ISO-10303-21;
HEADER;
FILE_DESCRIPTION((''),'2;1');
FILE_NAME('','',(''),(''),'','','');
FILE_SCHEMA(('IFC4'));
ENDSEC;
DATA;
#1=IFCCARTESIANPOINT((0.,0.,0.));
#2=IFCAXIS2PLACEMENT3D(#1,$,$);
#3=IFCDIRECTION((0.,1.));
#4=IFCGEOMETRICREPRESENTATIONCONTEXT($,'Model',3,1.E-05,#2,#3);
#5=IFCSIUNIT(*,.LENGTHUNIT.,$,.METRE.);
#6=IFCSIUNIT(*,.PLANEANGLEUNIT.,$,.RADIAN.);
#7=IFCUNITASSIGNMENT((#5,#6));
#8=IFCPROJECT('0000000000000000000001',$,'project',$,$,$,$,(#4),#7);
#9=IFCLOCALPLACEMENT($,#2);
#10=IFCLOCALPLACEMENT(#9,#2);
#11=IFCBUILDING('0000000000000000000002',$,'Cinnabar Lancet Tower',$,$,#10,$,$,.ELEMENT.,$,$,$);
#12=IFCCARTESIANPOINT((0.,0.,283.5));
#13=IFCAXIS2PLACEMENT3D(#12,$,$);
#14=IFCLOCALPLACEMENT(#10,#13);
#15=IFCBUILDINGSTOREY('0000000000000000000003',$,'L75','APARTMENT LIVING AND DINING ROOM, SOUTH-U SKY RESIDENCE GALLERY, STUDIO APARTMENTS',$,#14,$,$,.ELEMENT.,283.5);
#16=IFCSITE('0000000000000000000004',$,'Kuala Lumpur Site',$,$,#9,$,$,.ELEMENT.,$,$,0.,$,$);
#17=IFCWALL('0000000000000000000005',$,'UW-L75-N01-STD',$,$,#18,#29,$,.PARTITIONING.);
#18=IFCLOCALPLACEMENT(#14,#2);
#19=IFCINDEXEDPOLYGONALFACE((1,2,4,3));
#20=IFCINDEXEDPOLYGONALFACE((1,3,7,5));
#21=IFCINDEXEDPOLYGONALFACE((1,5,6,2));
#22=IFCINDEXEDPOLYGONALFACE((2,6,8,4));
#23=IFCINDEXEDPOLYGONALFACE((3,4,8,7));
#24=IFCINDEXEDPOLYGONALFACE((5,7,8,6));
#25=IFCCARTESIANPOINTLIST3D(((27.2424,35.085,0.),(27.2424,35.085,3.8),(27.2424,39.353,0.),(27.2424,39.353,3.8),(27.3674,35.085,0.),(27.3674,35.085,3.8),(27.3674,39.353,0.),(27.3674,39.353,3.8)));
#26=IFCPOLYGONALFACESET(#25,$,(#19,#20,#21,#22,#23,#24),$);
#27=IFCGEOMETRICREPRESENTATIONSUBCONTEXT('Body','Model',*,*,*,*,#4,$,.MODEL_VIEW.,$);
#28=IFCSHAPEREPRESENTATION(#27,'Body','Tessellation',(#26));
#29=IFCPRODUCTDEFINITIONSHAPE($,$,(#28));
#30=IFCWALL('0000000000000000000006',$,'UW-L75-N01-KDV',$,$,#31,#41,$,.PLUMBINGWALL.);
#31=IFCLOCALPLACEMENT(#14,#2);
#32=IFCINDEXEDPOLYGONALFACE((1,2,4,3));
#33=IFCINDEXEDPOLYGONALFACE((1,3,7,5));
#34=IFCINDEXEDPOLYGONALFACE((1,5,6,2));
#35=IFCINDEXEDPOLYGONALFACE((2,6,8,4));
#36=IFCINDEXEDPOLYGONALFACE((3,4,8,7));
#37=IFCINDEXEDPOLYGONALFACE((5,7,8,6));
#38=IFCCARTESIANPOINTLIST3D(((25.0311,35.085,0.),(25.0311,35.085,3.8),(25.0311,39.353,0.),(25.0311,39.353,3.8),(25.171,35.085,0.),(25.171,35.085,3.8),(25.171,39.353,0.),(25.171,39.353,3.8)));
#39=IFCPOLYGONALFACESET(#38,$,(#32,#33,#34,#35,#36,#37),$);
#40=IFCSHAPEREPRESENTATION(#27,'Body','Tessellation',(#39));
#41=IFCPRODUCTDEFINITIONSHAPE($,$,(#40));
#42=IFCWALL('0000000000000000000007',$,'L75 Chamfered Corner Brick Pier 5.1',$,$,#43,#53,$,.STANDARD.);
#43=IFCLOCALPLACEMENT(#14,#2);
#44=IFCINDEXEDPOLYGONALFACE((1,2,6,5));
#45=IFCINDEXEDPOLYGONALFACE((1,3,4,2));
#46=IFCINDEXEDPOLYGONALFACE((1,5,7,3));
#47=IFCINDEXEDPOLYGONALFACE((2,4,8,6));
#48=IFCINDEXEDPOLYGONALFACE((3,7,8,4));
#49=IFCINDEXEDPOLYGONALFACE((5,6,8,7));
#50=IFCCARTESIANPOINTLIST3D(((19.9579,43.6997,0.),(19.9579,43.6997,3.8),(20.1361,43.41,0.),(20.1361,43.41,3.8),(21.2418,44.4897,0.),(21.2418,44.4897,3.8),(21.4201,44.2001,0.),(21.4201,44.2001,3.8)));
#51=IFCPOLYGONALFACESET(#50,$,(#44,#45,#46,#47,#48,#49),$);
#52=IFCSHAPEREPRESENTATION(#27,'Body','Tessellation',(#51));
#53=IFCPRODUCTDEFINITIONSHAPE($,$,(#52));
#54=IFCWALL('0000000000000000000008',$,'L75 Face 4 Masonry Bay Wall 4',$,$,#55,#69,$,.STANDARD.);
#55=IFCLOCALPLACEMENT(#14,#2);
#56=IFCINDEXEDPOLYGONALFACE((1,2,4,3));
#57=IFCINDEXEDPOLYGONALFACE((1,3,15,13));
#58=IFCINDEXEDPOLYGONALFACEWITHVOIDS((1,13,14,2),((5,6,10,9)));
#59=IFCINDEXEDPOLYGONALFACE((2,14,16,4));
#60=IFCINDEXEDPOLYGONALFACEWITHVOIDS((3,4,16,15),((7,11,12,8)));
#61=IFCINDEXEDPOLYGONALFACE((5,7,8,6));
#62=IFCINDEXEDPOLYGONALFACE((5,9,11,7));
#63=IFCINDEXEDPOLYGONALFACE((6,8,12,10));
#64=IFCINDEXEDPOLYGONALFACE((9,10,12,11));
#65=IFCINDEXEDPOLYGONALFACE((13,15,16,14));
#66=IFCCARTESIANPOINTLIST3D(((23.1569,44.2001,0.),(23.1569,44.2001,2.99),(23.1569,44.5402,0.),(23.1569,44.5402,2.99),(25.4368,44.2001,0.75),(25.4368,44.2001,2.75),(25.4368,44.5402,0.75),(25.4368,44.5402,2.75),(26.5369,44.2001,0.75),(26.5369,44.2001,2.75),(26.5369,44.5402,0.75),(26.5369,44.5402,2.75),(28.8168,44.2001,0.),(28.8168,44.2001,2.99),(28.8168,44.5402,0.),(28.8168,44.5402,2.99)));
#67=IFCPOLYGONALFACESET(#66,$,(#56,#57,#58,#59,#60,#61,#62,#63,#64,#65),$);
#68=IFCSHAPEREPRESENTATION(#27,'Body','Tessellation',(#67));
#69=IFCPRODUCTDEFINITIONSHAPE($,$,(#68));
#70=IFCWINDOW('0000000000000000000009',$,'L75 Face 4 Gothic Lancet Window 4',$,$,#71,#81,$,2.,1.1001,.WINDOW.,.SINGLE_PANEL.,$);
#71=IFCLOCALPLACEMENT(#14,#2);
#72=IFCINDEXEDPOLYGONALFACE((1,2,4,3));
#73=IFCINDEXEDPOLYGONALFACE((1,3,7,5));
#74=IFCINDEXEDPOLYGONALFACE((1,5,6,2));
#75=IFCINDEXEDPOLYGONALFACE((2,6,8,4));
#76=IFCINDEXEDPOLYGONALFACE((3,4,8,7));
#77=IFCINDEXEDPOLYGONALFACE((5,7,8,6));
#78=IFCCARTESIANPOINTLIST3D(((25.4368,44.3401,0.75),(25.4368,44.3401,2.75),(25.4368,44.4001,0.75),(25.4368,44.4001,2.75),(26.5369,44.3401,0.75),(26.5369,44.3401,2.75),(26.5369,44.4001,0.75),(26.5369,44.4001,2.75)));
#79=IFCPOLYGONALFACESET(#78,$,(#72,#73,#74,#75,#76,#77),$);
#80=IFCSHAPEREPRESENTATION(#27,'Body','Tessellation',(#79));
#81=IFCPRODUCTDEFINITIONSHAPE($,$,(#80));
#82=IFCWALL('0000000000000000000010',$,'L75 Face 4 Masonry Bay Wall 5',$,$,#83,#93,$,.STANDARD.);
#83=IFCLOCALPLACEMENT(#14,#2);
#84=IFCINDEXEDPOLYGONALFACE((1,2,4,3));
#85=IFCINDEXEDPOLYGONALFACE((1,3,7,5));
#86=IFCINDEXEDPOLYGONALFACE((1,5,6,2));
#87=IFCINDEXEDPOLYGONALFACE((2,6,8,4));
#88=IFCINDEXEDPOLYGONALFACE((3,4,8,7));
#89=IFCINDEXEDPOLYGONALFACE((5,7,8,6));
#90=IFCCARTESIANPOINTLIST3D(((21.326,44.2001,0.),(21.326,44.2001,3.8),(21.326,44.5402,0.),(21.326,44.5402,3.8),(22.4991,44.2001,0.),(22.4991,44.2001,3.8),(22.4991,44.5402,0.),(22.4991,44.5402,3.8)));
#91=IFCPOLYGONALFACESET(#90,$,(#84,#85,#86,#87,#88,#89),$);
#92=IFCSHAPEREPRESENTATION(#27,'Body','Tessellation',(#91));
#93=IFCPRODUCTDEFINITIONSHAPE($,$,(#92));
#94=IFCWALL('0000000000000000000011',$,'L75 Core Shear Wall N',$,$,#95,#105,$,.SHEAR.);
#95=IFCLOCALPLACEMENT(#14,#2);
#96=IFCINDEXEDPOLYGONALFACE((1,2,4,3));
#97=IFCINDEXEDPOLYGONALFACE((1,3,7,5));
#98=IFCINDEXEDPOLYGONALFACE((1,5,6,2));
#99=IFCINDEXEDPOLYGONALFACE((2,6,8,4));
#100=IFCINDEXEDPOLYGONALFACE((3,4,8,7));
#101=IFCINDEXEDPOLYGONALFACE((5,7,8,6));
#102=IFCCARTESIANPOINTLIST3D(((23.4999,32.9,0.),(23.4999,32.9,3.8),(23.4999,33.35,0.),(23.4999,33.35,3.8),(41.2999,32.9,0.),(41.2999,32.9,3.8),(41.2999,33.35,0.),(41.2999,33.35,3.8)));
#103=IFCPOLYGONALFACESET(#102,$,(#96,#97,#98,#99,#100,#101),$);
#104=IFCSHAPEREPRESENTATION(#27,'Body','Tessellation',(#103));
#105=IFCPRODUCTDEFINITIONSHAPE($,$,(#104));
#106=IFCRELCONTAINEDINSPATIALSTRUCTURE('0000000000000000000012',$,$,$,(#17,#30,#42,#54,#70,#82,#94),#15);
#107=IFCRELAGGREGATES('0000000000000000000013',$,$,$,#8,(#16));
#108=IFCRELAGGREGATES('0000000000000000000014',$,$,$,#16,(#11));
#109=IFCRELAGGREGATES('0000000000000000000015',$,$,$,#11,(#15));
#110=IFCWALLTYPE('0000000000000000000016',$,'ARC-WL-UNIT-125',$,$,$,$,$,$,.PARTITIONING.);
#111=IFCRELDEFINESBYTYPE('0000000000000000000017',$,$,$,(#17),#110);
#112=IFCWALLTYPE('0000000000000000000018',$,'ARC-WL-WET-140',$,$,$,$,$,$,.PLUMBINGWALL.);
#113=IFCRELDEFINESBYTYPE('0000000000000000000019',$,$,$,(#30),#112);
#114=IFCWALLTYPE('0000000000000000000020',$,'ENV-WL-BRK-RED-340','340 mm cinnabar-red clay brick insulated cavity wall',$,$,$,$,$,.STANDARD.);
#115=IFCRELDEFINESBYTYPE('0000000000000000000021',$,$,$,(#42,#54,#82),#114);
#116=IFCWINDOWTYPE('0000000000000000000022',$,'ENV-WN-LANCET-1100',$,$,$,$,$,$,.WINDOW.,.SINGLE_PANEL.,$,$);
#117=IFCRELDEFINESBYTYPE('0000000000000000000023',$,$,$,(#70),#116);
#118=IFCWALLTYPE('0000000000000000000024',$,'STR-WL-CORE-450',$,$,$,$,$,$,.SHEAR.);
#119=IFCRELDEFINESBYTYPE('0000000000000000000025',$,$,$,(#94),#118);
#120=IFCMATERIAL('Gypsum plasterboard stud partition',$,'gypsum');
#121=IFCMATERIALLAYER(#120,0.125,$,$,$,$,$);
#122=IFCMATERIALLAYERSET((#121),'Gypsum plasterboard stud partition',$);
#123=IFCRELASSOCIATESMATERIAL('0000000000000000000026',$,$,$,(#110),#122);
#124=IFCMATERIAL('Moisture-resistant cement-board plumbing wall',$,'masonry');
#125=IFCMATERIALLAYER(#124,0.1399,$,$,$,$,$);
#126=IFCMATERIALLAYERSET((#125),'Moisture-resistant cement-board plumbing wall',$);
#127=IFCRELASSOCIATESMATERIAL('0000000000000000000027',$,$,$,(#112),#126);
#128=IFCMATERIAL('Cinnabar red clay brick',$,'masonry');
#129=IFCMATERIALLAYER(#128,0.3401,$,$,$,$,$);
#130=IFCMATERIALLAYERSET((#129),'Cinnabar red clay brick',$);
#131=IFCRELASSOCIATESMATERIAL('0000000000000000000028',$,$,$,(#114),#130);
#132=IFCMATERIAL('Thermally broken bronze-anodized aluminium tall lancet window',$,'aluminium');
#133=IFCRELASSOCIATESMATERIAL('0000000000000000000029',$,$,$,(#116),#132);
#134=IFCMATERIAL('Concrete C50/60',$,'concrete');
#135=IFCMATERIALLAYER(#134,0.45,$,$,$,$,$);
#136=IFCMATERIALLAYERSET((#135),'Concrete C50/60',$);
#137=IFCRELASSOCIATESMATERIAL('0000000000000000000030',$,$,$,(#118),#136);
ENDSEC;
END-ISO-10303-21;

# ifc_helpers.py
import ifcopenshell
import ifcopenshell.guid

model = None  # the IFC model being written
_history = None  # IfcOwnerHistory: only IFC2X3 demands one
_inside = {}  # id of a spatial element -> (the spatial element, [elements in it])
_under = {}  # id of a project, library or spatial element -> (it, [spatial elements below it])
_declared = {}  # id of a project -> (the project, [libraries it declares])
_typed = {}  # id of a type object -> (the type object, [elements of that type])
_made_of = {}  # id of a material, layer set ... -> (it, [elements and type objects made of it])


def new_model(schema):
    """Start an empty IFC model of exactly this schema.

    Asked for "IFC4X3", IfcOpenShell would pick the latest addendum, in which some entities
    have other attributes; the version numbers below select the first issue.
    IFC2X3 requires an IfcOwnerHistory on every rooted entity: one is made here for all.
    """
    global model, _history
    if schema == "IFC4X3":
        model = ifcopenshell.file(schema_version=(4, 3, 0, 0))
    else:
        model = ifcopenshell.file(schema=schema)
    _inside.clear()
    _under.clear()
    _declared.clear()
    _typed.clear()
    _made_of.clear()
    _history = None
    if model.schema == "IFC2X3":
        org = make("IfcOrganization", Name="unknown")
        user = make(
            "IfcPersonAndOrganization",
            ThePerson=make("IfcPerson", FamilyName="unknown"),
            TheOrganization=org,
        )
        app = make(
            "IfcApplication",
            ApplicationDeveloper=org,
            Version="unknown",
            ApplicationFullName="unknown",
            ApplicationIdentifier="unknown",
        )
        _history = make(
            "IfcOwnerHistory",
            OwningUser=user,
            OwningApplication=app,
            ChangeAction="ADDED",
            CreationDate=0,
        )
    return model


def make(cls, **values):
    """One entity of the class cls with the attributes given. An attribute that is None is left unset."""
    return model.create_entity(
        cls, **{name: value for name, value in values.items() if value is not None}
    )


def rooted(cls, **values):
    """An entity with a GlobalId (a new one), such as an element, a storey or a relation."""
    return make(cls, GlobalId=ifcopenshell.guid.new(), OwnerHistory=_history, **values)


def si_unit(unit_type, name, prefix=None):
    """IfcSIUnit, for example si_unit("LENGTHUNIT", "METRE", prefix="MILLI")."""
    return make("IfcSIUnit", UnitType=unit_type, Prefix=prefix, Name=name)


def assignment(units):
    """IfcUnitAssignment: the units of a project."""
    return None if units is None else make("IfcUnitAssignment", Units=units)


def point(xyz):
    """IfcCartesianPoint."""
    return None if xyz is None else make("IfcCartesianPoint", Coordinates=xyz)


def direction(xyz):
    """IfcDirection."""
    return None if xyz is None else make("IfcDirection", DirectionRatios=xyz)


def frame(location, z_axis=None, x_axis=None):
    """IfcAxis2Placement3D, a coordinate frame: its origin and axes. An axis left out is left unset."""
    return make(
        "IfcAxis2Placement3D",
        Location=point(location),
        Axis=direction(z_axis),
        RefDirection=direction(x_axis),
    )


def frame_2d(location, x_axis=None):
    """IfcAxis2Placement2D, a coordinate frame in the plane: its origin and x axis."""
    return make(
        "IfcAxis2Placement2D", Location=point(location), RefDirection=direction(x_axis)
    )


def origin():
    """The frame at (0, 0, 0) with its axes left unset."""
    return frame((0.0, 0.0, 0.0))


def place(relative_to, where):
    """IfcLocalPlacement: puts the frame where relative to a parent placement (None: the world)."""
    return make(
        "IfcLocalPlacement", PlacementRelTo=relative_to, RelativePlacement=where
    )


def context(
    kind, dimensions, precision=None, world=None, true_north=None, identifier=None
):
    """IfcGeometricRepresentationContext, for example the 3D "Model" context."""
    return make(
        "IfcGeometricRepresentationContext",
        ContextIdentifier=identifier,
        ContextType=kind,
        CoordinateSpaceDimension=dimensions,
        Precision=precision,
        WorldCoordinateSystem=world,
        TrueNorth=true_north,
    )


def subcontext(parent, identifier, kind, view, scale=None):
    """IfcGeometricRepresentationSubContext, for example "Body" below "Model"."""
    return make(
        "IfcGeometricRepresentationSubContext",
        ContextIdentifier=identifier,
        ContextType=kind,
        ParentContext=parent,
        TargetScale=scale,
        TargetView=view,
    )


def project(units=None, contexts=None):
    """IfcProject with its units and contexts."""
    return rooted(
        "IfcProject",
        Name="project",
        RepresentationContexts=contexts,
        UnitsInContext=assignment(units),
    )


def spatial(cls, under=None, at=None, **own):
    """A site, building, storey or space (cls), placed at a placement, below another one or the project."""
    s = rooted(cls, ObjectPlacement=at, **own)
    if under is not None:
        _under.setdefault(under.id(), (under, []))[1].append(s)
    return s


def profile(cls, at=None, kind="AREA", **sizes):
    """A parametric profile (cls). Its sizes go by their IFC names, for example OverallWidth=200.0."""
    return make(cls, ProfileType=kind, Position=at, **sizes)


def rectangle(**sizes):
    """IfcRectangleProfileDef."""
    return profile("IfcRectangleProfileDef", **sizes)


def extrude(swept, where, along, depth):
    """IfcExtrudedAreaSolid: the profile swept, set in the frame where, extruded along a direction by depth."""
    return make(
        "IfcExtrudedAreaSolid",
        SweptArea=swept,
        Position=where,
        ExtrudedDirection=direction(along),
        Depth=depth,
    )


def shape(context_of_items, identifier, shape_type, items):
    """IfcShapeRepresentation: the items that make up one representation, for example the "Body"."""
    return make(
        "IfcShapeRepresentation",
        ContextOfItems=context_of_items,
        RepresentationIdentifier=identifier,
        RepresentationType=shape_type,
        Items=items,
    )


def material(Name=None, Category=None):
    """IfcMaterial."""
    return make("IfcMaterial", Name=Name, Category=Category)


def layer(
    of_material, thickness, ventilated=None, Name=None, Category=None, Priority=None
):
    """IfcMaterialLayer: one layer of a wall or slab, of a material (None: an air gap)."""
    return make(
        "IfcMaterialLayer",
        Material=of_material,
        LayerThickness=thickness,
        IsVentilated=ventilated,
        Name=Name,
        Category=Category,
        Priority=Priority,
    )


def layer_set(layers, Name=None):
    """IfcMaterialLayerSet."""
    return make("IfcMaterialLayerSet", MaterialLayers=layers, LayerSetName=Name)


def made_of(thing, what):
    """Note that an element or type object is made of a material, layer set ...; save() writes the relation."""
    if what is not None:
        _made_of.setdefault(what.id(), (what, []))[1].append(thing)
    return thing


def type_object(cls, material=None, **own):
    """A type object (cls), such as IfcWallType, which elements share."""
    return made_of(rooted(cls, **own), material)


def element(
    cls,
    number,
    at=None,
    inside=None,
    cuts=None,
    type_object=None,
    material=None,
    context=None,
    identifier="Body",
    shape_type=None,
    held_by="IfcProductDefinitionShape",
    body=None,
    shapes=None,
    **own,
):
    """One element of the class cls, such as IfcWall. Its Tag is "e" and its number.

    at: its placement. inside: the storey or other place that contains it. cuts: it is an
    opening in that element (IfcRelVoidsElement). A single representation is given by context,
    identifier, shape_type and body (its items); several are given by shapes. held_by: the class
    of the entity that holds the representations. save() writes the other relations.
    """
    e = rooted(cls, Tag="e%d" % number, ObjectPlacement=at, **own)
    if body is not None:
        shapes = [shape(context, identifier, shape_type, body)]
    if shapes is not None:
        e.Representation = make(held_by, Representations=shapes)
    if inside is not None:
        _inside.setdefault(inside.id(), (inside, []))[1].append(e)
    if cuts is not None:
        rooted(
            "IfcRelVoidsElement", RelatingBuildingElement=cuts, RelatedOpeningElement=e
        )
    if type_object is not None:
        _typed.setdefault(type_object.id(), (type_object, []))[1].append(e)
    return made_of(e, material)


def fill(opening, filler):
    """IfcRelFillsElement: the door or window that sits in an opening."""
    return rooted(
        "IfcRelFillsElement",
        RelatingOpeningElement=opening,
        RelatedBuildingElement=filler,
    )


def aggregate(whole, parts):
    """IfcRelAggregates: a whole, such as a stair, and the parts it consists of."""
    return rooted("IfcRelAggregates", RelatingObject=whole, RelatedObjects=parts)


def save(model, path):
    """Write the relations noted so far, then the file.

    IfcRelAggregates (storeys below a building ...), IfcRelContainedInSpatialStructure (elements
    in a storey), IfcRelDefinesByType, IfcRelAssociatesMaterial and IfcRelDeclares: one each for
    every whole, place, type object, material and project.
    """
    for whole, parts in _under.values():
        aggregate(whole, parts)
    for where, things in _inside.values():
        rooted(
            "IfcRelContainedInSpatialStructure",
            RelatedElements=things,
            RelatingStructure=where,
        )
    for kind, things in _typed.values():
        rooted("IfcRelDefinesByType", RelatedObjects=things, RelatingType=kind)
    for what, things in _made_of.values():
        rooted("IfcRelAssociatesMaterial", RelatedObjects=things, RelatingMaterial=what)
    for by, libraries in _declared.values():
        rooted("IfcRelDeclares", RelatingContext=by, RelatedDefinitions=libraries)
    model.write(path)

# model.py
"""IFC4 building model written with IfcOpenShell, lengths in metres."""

from ifc_helpers import new_model, si_unit, direction, frame, frame_2d, origin, place, context, subcontext, project, spatial, rectangle, extrude, material, layer, layer_set, type_object, element, fill, save


model = new_model("IFC4")

# Units and contexts
model_context = context("Model", 3, precision=1e-05, world=origin(), true_north=direction((0.0, 1.0)))
body_context = subcontext(model_context, "Body", "Model", "MODEL_VIEW")
ifc_project = project(units=[si_unit("LENGTHUNIT", "METRE"), si_unit("PLANEANGLEUNIT", "RADIAN")], contexts=[model_context])

# Site, building, storey
site_placement = place(None, origin())
site = spatial("IfcSite", under=ifc_project, at=site_placement, Name="Kuala Lumpur Site", CompositionType="ELEMENT", RefElevation=0.0)
building_placement = place(site_placement, origin())
building = spatial("IfcBuilding", under=site, at=building_placement, Name="Cinnabar Lancet Tower", CompositionType="ELEMENT")
storey_placement = place(building_placement, frame((0.0, 0.0, 283.5)))
storey = spatial("IfcBuildingStorey", under=building, at=storey_placement, Name="L75", Description="APARTMENT LIVING AND DINING ROOM, SOUTH-U SKY RESIDENCE GALLERY, STUDIO APARTMENTS", CompositionType="ELEMENT", Elevation=283.5)

# Wall
ifc_material_1 = material(Name="Gypsum plasterboard stud partition", Category="gypsum")
ifc_layer_1 = layer(ifc_material_1, 0.125)
ifc_layer_set_1 = layer_set([ifc_layer_1], Name="Gypsum plasterboard stud partition")
wall_type_1 = type_object("IfcWallType", Name="ARC-WL-UNIT-125", PredefinedType="PARTITIONING", material=ifc_layer_set_1)
for number, where, z_axis, x_axis, name in (
    (1, (27.3049, 35.085, 0.0), (0.0, 0.0, 1.0), (0.0, 1.0, 0.0), "UW-L75-N01-STD"),
):
    element("IfcWall", number, at=place(storey_placement, frame(where, z_axis=z_axis, x_axis=x_axis)), inside=storey, type_object=wall_type_1, Name=name, PredefinedType="PARTITIONING", context=body_context, shape_type="SweptSolid", body=[
        extrude(rectangle(XDim=4.2681, YDim=0.125, at=frame_2d((2.134, 0.0))), origin(), (0.0, 0.0, 1.0), 3.8),
    ])

# Shared definitions
ifc_material_2 = material(Name="Moisture-resistant cement-board plumbing wall", Category="masonry")
ifc_layer_2 = layer(ifc_material_2, 0.1399)
ifc_layer_set_2 = layer_set([ifc_layer_2], Name="Moisture-resistant cement-board plumbing wall")
wall_type_2 = type_object("IfcWallType", Name="ARC-WL-WET-140", PredefinedType="PLUMBINGWALL", material=ifc_layer_set_2)

# Walls
wall_1_placement = place(storey_placement, frame((25.1011, 35.085, 0.0), z_axis=(0.0, 0.0, 1.0), x_axis=(0.0, 1.0, 0.0)))
element("IfcWall", 2, at=wall_1_placement, inside=storey, type_object=wall_type_2, Name="UW-L75-N01-KDV", PredefinedType="PLUMBINGWALL", context=body_context, shape_type="SweptSolid", body=[
    extrude(rectangle(XDim=4.2681, YDim=0.1399, at=frame_2d((2.134, 0.0))), origin(), (0.0, 0.0, 1.0), 3.8),
])
ifc_material_3 = material(Name="Cinnabar red clay brick", Category="masonry")
ifc_layer_3 = layer(ifc_material_3, 0.3401)
ifc_layer_set_3 = layer_set([ifc_layer_3], Name="Cinnabar red clay brick")
wall_type_3 = type_object("IfcWallType", Name="ENV-WL-BRK-RED-340", Description="340 mm cinnabar-red clay brick insulated cavity wall", PredefinedType="STANDARD", material=ifc_layer_set_3)
wall_2_placement = place(storey_placement, frame((21.3311, 44.345, 0.0), z_axis=(0.0, 0.0, 1.0), x_axis=(-0.851681, -0.524061, 0.0)))
element("IfcWall", 3, at=wall_2_placement, inside=storey, type_object=wall_type_3, Name="L75 Chamfered Corner Brick Pier 5.1", PredefinedType="STANDARD", context=body_context, shape_type="SweptSolid", body=[
    extrude(rectangle(XDim=1.5076, YDim=0.3401, at=frame_2d((0.7539, 0.0))), origin(), (0.0, 0.0, 1.0), 3.8),
])

# Wall, opening, window
wall_3_placement = place(storey_placement, frame((28.8169, 44.3701, 0.0), z_axis=(0.0, 0.0, 1.0), x_axis=(-1.0, 0.0, 0.0)))
wall_3 = element("IfcWall", 4, at=wall_3_placement, inside=storey, type_object=wall_type_3, Name="L75 Face 4 Masonry Bay Wall 4", PredefinedType="STANDARD", context=body_context, shape_type="SweptSolid", body=[
    extrude(rectangle(XDim=5.6599, YDim=0.3401, at=frame_2d((2.8301, 0.0))), origin(), (0.0, 0.0, 1.0), 2.99),
])
opening_1_placement = place(wall_3_placement, frame((2.28, 0.0, 0.75)))
opening_1 = element("IfcOpeningElement", 5, at=opening_1_placement, cuts=wall_3, PredefinedType="OPENING", context=body_context, shape_type="SweptSolid", body=[
    extrude(rectangle(XDim=1.1001, YDim=2.0, at=frame_2d((0.55, 1.0))), frame((0.0, 0.1799, 0.0), z_axis=(0.0, -1.0, 0.0), x_axis=(1.0, 0.0, 0.0)), (0.0, 0.0, 1.0), 0.3601),
])
ifc_material_4 = material(Name="Thermally broken bronze-anodized aluminium tall lancet window", Category="aluminium")
window_type = type_object("IfcWindowType", Name="ENV-WN-LANCET-1100", PartitioningType="SINGLE_PANEL", PredefinedType="WINDOW", material=ifc_material_4)
window_placement = place(opening_1_placement, origin())
window = element("IfcWindow", 6, at=window_placement, inside=storey, type_object=window_type, Name="L75 Face 4 Gothic Lancet Window 4", OverallHeight=2.0, OverallWidth=1.1001, PartitioningType="SINGLE_PANEL", PredefinedType="WINDOW", context=body_context, shape_type="SweptSolid", body=[
    extrude(rectangle(XDim=1.1001, YDim=2.0, at=frame_2d((0.55, 1.0))), frame((0.0, 0.03, 0.0), z_axis=(0.0, -1.0, 0.0), x_axis=(1.0, 0.0, 0.0)), (0.0, 0.0, 1.0), 0.0601),
])
fill(opening_1, window)

# Walls
wall_4_placement = place(storey_placement, frame((22.499, 44.3701, 0.0), z_axis=(0.0, 0.0, 1.0), x_axis=(-1.0, 0.0, 0.0)))
element("IfcWall", 7, at=wall_4_placement, inside=storey, type_object=wall_type_3, Name="L75 Face 4 Masonry Bay Wall 5", PredefinedType="STANDARD", context=body_context, shape_type="SweptSolid", body=[
    extrude(rectangle(XDim=1.1731, YDim=0.3401, at=frame_2d((0.5864, 0.0))), origin(), (0.0, 0.0, 1.0), 3.8),
])
ifc_material_5 = material(Name="Concrete C50/60", Category="concrete")
ifc_layer_4 = layer(ifc_material_5, 0.45)
ifc_layer_set_4 = layer_set([ifc_layer_4], Name="Concrete C50/60")
wall_type_4 = type_object("IfcWallType", Name="STR-WL-CORE-450", PredefinedType="SHEAR", material=ifc_layer_set_4)
wall_5_placement = place(storey_placement, frame((23.5, 33.125, 0.0), z_axis=(0.0, 0.0, 1.0), x_axis=(1.0, 0.0, 0.0)))
element("IfcWall", 8, at=wall_5_placement, inside=storey, type_object=wall_type_4, Name="L75 Core Shear Wall N", PredefinedType="SHEAR", context=body_context, shape_type="SweptSolid", body=[
    extrude(rectangle(XDim=17.8, YDim=0.45, at=frame_2d((8.8999, 0.0))), origin(), (0.0, 0.0, 1.0), 3.8),
])

save(model, "model.ifc")
